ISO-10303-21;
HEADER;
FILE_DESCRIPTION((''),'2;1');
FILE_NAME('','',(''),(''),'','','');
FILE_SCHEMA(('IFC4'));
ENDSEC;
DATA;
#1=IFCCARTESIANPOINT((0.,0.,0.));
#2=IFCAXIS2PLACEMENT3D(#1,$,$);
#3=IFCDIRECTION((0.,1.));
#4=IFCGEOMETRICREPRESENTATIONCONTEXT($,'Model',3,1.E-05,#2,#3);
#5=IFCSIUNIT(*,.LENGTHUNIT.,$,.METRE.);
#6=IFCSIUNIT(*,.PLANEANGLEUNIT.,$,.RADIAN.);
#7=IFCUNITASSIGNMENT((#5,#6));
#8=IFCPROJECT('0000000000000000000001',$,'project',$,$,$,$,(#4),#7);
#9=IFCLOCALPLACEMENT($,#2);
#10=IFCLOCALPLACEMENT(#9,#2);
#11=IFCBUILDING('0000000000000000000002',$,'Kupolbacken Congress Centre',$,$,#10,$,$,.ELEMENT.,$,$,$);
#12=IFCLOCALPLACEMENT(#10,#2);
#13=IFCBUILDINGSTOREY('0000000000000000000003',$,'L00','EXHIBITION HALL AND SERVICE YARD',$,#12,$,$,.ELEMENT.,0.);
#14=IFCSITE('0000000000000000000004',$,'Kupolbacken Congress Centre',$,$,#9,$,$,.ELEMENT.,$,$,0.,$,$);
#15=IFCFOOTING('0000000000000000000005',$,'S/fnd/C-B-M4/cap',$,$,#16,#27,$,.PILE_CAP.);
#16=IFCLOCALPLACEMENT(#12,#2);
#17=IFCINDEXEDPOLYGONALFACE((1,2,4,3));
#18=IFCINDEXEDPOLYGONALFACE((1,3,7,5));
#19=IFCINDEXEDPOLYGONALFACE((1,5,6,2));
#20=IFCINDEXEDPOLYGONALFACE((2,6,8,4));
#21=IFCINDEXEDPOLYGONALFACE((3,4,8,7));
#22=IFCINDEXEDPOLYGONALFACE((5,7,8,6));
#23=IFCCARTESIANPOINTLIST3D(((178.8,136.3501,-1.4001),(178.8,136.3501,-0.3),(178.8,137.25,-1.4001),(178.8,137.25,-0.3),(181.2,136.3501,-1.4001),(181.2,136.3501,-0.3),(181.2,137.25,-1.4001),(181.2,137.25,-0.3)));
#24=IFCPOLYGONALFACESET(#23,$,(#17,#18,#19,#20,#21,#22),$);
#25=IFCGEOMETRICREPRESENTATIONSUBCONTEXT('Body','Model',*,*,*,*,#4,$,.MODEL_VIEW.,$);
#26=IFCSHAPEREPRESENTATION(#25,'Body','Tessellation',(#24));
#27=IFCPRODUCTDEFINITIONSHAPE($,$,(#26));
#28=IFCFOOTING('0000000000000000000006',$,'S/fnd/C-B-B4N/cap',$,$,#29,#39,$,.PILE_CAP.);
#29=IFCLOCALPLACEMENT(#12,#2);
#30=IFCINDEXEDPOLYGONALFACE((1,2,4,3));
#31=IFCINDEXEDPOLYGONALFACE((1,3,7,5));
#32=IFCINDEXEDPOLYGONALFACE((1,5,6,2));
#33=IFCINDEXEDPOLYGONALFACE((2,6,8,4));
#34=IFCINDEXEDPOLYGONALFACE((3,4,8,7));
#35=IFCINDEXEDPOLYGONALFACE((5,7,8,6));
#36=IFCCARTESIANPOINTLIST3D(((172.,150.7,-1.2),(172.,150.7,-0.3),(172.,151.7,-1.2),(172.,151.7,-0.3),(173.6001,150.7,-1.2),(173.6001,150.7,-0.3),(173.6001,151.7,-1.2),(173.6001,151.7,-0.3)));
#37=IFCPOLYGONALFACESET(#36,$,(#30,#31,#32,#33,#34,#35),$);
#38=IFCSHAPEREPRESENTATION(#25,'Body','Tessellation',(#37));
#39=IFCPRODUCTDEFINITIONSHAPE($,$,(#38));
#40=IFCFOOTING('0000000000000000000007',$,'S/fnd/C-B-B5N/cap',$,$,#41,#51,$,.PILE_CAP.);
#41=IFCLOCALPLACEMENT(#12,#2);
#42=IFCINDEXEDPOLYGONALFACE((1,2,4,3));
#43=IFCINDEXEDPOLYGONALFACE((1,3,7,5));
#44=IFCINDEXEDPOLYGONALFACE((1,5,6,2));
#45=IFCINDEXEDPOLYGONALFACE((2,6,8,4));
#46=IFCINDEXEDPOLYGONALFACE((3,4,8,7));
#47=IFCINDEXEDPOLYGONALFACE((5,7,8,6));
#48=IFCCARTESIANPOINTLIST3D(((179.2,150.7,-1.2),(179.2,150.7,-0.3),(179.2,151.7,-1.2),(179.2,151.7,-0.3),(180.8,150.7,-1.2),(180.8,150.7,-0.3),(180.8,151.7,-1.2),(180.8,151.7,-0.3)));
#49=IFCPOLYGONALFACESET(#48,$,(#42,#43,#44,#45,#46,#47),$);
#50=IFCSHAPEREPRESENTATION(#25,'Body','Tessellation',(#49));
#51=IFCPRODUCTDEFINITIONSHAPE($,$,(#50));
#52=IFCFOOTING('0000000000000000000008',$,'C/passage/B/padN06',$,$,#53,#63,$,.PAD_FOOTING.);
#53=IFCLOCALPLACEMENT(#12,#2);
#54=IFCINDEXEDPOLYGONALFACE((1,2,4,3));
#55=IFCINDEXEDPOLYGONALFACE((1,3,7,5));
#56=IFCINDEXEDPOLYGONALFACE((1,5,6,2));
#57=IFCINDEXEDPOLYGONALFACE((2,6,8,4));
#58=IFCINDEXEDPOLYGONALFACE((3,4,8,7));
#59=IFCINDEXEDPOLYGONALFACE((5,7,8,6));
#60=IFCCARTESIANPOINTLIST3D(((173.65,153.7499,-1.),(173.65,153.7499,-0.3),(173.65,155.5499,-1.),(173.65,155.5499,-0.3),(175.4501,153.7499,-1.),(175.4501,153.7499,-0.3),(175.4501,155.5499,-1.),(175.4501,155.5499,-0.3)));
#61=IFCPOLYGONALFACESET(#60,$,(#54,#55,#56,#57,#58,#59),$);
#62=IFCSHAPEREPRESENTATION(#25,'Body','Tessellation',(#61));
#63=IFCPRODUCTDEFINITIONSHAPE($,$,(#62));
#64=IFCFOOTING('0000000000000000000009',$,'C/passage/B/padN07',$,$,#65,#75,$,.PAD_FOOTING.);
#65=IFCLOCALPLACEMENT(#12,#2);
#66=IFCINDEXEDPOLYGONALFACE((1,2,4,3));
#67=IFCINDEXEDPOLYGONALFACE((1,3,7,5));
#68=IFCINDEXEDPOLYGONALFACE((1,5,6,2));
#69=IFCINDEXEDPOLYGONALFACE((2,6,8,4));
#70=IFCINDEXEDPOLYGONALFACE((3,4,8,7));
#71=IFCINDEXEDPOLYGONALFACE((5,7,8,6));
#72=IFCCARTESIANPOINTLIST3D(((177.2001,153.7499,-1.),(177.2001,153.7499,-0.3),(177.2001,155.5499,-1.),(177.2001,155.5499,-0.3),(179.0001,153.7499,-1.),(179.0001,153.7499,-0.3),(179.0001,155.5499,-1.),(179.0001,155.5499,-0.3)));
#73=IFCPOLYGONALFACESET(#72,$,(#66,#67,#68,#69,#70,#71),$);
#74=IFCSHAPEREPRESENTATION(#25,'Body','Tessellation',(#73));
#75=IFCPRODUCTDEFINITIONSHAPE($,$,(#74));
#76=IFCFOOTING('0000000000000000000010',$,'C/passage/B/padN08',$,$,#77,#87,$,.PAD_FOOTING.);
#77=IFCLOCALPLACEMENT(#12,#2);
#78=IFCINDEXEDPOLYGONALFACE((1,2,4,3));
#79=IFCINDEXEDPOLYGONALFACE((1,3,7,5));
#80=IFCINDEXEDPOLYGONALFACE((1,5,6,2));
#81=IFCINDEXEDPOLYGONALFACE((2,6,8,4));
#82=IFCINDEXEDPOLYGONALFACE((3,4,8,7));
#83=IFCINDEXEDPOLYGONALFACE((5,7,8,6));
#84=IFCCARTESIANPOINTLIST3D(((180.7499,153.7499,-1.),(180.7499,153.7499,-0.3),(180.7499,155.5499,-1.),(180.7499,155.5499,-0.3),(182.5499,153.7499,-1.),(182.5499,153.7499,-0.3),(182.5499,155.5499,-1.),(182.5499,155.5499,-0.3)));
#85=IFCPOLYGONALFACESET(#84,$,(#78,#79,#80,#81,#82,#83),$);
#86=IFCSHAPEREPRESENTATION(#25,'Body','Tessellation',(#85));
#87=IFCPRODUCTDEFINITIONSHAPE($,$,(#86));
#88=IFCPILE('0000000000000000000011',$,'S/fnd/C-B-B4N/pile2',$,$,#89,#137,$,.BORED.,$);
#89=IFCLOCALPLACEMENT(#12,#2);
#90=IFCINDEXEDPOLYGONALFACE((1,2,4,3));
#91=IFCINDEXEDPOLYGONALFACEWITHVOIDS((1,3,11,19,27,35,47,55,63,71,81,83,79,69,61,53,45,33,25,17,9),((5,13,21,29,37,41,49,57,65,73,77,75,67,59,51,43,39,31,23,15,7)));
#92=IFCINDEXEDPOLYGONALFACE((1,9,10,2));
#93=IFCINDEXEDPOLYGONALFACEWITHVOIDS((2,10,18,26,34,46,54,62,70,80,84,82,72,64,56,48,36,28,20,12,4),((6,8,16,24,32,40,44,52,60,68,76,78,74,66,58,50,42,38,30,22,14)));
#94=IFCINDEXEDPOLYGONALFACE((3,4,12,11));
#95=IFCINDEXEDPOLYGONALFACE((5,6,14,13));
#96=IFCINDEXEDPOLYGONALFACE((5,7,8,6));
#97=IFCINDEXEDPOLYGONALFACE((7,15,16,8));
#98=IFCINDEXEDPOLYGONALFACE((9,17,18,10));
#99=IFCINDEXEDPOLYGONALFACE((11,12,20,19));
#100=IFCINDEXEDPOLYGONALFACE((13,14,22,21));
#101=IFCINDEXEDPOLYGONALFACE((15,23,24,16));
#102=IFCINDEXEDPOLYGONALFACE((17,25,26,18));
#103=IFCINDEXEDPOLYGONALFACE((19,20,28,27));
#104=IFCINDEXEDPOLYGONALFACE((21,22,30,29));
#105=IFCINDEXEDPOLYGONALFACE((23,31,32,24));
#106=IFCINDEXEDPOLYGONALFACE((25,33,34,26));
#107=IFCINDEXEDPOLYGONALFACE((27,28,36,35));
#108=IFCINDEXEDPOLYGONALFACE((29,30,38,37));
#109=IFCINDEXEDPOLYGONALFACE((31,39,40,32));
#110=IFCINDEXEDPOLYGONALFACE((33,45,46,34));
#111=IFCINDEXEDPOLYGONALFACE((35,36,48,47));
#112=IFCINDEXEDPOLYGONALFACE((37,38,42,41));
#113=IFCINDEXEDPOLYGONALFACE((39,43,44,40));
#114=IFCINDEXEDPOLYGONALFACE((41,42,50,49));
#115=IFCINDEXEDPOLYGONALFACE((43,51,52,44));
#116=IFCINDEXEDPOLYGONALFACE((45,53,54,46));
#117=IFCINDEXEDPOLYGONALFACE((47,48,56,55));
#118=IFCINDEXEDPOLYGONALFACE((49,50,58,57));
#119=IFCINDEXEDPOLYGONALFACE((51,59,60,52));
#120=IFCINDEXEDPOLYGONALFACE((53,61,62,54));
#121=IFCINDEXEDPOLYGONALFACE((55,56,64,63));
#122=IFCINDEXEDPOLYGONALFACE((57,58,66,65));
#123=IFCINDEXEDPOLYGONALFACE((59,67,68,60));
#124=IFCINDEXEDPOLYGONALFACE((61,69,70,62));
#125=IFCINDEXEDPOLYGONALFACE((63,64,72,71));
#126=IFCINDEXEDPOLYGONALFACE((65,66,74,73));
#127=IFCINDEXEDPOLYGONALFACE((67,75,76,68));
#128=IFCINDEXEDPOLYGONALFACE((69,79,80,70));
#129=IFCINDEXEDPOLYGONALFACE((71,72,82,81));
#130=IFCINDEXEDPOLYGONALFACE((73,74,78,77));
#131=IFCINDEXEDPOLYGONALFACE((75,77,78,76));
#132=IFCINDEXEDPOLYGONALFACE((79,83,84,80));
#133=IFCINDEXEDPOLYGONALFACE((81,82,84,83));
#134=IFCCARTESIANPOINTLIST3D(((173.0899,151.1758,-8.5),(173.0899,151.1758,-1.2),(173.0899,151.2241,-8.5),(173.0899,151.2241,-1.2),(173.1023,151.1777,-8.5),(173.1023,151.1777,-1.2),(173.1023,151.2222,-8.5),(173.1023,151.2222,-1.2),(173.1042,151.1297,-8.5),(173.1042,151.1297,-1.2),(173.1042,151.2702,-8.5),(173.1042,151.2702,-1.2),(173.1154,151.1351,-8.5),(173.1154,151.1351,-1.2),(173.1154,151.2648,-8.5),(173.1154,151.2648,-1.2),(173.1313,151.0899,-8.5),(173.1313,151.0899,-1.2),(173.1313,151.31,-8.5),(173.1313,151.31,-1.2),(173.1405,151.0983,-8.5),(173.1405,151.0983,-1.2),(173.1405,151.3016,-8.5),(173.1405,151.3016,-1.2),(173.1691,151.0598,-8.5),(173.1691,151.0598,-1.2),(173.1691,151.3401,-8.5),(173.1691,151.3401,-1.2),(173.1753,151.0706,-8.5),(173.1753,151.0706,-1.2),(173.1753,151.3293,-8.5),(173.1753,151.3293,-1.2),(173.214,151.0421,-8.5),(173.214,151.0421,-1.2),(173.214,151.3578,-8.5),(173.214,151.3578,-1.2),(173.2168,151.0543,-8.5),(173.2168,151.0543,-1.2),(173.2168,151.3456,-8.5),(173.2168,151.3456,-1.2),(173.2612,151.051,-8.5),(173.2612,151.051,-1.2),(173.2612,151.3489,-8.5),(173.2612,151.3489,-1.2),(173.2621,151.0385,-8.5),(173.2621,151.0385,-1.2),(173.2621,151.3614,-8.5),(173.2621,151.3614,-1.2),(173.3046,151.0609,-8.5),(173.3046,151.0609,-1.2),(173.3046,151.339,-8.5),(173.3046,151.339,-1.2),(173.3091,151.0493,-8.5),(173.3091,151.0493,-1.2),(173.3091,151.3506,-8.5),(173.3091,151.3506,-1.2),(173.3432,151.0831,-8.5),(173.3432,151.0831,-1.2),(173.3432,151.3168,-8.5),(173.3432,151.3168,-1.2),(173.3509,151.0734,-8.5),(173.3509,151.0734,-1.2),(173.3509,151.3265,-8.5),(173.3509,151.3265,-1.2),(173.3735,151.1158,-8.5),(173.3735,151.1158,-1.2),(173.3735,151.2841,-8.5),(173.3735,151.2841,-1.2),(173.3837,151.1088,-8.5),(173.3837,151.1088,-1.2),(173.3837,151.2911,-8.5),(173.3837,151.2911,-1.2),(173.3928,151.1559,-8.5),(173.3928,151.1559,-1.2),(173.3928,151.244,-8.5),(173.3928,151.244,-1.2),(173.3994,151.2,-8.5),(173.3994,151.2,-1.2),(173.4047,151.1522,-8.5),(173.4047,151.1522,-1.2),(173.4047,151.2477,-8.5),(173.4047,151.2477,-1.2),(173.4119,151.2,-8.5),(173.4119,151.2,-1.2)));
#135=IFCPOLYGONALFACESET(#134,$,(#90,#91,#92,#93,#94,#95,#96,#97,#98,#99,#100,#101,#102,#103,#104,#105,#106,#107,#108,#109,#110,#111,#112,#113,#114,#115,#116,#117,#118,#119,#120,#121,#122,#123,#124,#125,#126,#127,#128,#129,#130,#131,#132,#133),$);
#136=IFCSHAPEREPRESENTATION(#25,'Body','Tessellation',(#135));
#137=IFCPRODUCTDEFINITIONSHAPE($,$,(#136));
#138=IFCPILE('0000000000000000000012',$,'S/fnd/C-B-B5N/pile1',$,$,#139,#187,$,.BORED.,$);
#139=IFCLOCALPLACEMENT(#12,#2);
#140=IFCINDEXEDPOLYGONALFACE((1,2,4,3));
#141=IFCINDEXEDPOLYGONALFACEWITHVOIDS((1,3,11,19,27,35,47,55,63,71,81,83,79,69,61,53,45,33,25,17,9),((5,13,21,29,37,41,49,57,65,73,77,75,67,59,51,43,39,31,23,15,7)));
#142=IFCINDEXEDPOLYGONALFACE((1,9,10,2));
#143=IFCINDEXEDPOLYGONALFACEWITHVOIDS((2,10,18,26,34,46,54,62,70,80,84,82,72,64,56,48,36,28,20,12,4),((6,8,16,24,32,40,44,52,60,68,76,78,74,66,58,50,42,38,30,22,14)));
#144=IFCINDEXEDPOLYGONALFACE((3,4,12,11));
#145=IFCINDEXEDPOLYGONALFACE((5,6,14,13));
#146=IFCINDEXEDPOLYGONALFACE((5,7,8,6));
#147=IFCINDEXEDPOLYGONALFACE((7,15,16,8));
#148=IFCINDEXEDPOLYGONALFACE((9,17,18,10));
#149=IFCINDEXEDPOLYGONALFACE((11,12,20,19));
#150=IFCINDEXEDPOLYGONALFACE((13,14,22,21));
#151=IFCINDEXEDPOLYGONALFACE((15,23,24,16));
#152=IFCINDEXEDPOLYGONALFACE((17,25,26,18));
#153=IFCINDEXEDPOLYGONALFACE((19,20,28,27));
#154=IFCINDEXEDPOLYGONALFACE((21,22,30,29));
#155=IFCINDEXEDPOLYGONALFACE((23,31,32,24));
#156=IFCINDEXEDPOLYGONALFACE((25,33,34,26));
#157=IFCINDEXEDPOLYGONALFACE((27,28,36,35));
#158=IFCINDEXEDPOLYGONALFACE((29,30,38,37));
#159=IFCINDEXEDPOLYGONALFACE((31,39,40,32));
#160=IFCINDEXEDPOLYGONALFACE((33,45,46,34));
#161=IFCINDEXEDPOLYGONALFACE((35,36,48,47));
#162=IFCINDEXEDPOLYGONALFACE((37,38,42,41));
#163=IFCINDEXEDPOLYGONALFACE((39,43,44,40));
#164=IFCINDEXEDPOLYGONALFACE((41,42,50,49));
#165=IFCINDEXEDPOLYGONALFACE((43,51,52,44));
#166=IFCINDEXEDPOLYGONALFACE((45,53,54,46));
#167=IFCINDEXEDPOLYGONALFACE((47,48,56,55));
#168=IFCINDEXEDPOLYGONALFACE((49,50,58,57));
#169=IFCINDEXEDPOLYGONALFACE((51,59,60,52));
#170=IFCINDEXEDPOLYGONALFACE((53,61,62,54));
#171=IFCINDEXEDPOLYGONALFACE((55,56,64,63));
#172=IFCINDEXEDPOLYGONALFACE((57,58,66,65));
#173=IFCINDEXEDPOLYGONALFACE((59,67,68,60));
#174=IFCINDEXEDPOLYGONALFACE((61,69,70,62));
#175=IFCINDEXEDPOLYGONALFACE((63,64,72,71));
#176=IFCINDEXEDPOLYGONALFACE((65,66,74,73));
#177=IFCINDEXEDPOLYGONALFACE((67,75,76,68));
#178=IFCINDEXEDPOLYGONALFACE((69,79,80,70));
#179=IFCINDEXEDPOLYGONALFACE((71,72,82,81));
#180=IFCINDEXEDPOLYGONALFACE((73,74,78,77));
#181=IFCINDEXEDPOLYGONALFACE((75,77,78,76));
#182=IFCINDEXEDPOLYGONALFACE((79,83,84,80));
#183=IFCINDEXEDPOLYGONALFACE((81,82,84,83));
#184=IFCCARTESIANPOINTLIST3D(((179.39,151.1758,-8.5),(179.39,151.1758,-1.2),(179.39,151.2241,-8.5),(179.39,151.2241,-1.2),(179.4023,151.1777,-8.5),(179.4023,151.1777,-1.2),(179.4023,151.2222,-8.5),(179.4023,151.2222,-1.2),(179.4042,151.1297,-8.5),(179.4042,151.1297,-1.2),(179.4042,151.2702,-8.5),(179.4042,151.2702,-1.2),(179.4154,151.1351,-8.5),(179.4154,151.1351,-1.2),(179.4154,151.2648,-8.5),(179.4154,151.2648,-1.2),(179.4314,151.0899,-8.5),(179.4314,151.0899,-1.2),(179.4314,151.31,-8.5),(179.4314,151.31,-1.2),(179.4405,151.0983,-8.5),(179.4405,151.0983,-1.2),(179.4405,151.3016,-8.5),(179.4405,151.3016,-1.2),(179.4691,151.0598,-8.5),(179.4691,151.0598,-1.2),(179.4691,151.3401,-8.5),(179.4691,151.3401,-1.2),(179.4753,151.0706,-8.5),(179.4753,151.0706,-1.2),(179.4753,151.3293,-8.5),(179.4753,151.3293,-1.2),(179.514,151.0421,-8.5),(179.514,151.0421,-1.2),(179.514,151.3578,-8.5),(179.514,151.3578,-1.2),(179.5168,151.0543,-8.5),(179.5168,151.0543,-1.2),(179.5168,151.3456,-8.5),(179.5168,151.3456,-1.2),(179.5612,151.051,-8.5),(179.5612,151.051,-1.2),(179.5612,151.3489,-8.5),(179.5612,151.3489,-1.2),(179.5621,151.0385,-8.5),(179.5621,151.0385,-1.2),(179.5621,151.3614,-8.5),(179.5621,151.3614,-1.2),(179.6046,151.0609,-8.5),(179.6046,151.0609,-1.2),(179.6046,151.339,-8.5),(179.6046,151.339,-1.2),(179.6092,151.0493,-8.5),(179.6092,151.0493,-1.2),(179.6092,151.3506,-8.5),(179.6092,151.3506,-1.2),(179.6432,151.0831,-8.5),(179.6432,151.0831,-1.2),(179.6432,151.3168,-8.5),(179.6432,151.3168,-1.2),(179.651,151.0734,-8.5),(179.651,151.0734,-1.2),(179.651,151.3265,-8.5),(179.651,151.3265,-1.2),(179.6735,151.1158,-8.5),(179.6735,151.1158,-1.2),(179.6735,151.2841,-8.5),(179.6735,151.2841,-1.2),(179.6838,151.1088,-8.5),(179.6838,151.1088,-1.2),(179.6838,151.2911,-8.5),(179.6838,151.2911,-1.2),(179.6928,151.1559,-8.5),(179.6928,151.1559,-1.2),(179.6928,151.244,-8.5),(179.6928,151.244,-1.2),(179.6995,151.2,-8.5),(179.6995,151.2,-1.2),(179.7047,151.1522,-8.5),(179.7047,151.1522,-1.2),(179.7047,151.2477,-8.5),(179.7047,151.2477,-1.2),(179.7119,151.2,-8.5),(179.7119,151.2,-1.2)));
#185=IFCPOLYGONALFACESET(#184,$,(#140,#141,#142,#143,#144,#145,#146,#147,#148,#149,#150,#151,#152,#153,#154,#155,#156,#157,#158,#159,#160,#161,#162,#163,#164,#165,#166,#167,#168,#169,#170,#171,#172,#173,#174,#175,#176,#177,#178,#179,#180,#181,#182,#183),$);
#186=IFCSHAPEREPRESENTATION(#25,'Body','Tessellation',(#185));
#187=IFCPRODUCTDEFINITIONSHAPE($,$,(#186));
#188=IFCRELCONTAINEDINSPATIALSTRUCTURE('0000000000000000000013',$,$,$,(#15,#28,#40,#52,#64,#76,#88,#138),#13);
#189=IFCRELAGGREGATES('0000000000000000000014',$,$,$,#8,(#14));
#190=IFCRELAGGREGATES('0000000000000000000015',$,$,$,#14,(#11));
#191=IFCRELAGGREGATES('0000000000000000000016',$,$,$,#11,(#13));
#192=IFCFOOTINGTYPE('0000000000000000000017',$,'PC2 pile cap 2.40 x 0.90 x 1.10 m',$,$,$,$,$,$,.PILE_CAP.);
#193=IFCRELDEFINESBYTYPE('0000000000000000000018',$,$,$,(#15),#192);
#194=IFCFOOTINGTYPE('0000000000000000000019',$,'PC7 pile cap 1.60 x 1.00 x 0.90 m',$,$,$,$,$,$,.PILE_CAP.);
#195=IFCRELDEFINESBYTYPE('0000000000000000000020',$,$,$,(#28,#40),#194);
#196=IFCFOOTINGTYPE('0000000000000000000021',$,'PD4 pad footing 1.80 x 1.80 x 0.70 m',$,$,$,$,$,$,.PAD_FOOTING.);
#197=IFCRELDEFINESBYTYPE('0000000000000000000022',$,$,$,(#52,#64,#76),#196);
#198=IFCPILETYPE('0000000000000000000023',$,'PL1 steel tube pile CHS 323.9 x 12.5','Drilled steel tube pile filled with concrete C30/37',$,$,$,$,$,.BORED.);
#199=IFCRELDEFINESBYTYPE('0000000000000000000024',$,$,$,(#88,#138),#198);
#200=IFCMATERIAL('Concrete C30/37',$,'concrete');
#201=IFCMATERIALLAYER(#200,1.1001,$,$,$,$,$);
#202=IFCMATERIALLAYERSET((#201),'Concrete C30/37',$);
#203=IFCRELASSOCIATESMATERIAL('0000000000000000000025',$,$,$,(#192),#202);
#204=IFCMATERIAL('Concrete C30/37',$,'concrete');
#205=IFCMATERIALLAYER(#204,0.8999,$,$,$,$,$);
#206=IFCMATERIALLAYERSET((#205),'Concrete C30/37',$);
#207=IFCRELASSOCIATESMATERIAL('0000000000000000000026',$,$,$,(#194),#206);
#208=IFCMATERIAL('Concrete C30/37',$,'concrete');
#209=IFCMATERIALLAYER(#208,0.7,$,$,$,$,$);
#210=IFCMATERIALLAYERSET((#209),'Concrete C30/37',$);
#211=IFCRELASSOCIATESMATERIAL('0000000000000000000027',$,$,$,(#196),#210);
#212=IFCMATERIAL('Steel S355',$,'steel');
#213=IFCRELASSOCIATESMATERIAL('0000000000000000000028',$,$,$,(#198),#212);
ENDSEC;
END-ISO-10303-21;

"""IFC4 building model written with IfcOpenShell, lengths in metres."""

from ifc_helpers import new_model, si_unit, direction, frame, origin, origin_2d, place, context, subcontext, project, spatial, rectangle, hollow_circle, extrude, material, layer, layer_set, material_profile, profile_set, type_object, element, save


model = new_model("IFC4")

# Units and contexts
model_context = context("Model", 3, precision=1e-05, world=origin(), true_north=direction((0.0, 1.0)))
body_context = subcontext(model_context, "Body", "Model", "MODEL_VIEW")
ifc_project = project(units=[si_unit("LENGTHUNIT", "METRE"), si_unit("PLANEANGLEUNIT", "RADIAN")], contexts=[model_context])

# Site, building, storey
site_placement = place(None, origin())
site = spatial("IfcSite", under=ifc_project, at=site_placement, Name="Kupolbacken Congress Centre", CompositionType="ELEMENT", RefElevation=0.0)
building_placement = place(site_placement, origin())
building = spatial("IfcBuilding", under=site, at=building_placement, Name="Kupolbacken Congress Centre", CompositionType="ELEMENT")
storey_placement = place(building_placement, origin())
storey = spatial("IfcBuildingStorey", under=building, at=storey_placement, Name="L00", Description="EXHIBITION HALL AND SERVICE YARD", CompositionType="ELEMENT", Elevation=0.0)

# Footings
ifc_material_1 = material(Name="Concrete C30/37", Category="concrete")
ifc_layer_1 = layer(ifc_material_1, 1.1001)
ifc_layer_set_1 = layer_set([ifc_layer_1], Name="Concrete C30/37")
footing_type_1 = type_object("IfcFootingType", Name="PC2 pile cap 2.40 x 0.90 x 1.10 m", PredefinedType="PILE_CAP", material=ifc_layer_set_1)
footing_placement = place(storey_placement, frame((180.0, 136.8, -1.4001), z_axis=(0.0, 0.0, 1.0), x_axis=(1.0, 0.0, 0.0)))
element("IfcFooting", 1, at=footing_placement, inside=storey, type_object=footing_type_1, Name="S/fnd/C-B-M4/cap", PredefinedType="PILE_CAP", context=body_context, shape_type="SweptSolid", body=[
    extrude(rectangle(XDim=2.3999, YDim=0.8999, at=origin_2d()), origin(), (0.0, 0.0, 1.0), 1.1001),
])
ifc_material_2 = material(Name="Concrete C30/37", Category="concrete")
ifc_layer_2 = layer(ifc_material_2, 0.8999)
ifc_layer_set_2 = layer_set([ifc_layer_2], Name="Concrete C30/37")
footing_type_2 = type_object("IfcFootingType", Name="PC7 pile cap 1.60 x 1.00 x 0.90 m", PredefinedType="PILE_CAP", material=ifc_layer_set_2)
for number, where, z_axis, x_axis, name in (
    (2, (172.8, 151.2, -1.2), (0.0, 0.0, 1.0), (1.0, 0.0, 0.0), "S/fnd/C-B-B4N/cap"),
    (3, (180.0, 151.2, -1.2), (0.0, 0.0, 1.0), (1.0, 0.0, 0.0), "S/fnd/C-B-B5N/cap"),
):
    element("IfcFooting", number, at=place(storey_placement, frame(where, z_axis=z_axis, x_axis=x_axis)), inside=storey, type_object=footing_type_2, Name=name, PredefinedType="PILE_CAP", context=body_context, shape_type="SweptSolid", body=[
        extrude(rectangle(XDim=1.6001, YDim=1.0, at=origin_2d()), origin(), (0.0, 0.0, 1.0), 0.8999),
    ])
ifc_material_3 = material(Name="Concrete C30/37", Category="concrete")
ifc_layer_3 = layer(ifc_material_3, 0.7)
ifc_layer_set_3 = layer_set([ifc_layer_3], Name="Concrete C30/37")
footing_type_3 = type_object("IfcFootingType", Name="PD4 pad footing 1.80 x 1.80 x 0.70 m", PredefinedType="PAD_FOOTING", material=ifc_layer_set_3)
for number, where, z_axis, x_axis, name in (
    (4, (174.55, 154.6499, -1.0), (0.0, 0.0, 1.0), (1.0, 0.0, 0.0), "C/passage/B/padN06"),
    (5, (178.1001, 154.6499, -1.0), (0.0, 0.0, 1.0), (1.0, 0.0, 0.0), "C/passage/B/padN07"),
    (6, (181.6499, 154.6499, -1.0), (0.0, 0.0, 1.0), (1.0, 0.0, 0.0), "C/passage/B/padN08"),
):
    element("IfcFooting", number, at=place(storey_placement, frame(where, z_axis=z_axis, x_axis=x_axis)), inside=storey, type_object=footing_type_3, Name=name, PredefinedType="PAD_FOOTING", context=body_context, shape_type="SweptSolid", body=[
        extrude(rectangle(XDim=1.8, YDim=1.8, at=origin_2d()), origin(), (0.0, 0.0, 1.0), 0.7),
    ])

# Piles
ifc_material_4 = material(Name="Steel S355", Category="steel")
ifc_material_profile_1 = material_profile(ifc_material_4, hollow_circle(Radius=0.1619, WallThickness=0.0125, at=origin_2d()), Name="CHS 323.9 x 12.5")
ifc_profile_set_1 = profile_set([ifc_material_profile_1], Name="Steel S355")
pile_type_1 = type_object("IfcPileType", Name="PL1 steel tube pile CHS 323.9 x 12.5", Description="Drilled steel tube pile filled with concrete C30/37", PredefinedType="BORED", material=ifc_profile_set_1)
for number, where, z_axis, x_axis, name in (
    (7, (173.25, 151.2, -1.2), (0.0, 0.0, -1.0), (1.0, 0.0, 0.0), "S/fnd/C-B-B4N/pile2"),
    (8, (179.55, 151.2, -1.2), (0.0, 0.0, -1.0), (1.0, 0.0, 0.0), "S/fnd/C-B-B5N/pile1"),
):
    element("IfcPile", number, at=place(storey_placement, frame(where, z_axis=z_axis, x_axis=x_axis)), inside=storey, type_object=pile_type_1, Name=name, PredefinedType="BORED", context=body_context, shape_type="SweptSolid", body=[
        extrude(hollow_circle(Radius=0.1619, WallThickness=0.0125, at=origin_2d()), origin(), (0.0, 0.0, 1.0), 7.3),
    ])

save(model, "model.ifc")
